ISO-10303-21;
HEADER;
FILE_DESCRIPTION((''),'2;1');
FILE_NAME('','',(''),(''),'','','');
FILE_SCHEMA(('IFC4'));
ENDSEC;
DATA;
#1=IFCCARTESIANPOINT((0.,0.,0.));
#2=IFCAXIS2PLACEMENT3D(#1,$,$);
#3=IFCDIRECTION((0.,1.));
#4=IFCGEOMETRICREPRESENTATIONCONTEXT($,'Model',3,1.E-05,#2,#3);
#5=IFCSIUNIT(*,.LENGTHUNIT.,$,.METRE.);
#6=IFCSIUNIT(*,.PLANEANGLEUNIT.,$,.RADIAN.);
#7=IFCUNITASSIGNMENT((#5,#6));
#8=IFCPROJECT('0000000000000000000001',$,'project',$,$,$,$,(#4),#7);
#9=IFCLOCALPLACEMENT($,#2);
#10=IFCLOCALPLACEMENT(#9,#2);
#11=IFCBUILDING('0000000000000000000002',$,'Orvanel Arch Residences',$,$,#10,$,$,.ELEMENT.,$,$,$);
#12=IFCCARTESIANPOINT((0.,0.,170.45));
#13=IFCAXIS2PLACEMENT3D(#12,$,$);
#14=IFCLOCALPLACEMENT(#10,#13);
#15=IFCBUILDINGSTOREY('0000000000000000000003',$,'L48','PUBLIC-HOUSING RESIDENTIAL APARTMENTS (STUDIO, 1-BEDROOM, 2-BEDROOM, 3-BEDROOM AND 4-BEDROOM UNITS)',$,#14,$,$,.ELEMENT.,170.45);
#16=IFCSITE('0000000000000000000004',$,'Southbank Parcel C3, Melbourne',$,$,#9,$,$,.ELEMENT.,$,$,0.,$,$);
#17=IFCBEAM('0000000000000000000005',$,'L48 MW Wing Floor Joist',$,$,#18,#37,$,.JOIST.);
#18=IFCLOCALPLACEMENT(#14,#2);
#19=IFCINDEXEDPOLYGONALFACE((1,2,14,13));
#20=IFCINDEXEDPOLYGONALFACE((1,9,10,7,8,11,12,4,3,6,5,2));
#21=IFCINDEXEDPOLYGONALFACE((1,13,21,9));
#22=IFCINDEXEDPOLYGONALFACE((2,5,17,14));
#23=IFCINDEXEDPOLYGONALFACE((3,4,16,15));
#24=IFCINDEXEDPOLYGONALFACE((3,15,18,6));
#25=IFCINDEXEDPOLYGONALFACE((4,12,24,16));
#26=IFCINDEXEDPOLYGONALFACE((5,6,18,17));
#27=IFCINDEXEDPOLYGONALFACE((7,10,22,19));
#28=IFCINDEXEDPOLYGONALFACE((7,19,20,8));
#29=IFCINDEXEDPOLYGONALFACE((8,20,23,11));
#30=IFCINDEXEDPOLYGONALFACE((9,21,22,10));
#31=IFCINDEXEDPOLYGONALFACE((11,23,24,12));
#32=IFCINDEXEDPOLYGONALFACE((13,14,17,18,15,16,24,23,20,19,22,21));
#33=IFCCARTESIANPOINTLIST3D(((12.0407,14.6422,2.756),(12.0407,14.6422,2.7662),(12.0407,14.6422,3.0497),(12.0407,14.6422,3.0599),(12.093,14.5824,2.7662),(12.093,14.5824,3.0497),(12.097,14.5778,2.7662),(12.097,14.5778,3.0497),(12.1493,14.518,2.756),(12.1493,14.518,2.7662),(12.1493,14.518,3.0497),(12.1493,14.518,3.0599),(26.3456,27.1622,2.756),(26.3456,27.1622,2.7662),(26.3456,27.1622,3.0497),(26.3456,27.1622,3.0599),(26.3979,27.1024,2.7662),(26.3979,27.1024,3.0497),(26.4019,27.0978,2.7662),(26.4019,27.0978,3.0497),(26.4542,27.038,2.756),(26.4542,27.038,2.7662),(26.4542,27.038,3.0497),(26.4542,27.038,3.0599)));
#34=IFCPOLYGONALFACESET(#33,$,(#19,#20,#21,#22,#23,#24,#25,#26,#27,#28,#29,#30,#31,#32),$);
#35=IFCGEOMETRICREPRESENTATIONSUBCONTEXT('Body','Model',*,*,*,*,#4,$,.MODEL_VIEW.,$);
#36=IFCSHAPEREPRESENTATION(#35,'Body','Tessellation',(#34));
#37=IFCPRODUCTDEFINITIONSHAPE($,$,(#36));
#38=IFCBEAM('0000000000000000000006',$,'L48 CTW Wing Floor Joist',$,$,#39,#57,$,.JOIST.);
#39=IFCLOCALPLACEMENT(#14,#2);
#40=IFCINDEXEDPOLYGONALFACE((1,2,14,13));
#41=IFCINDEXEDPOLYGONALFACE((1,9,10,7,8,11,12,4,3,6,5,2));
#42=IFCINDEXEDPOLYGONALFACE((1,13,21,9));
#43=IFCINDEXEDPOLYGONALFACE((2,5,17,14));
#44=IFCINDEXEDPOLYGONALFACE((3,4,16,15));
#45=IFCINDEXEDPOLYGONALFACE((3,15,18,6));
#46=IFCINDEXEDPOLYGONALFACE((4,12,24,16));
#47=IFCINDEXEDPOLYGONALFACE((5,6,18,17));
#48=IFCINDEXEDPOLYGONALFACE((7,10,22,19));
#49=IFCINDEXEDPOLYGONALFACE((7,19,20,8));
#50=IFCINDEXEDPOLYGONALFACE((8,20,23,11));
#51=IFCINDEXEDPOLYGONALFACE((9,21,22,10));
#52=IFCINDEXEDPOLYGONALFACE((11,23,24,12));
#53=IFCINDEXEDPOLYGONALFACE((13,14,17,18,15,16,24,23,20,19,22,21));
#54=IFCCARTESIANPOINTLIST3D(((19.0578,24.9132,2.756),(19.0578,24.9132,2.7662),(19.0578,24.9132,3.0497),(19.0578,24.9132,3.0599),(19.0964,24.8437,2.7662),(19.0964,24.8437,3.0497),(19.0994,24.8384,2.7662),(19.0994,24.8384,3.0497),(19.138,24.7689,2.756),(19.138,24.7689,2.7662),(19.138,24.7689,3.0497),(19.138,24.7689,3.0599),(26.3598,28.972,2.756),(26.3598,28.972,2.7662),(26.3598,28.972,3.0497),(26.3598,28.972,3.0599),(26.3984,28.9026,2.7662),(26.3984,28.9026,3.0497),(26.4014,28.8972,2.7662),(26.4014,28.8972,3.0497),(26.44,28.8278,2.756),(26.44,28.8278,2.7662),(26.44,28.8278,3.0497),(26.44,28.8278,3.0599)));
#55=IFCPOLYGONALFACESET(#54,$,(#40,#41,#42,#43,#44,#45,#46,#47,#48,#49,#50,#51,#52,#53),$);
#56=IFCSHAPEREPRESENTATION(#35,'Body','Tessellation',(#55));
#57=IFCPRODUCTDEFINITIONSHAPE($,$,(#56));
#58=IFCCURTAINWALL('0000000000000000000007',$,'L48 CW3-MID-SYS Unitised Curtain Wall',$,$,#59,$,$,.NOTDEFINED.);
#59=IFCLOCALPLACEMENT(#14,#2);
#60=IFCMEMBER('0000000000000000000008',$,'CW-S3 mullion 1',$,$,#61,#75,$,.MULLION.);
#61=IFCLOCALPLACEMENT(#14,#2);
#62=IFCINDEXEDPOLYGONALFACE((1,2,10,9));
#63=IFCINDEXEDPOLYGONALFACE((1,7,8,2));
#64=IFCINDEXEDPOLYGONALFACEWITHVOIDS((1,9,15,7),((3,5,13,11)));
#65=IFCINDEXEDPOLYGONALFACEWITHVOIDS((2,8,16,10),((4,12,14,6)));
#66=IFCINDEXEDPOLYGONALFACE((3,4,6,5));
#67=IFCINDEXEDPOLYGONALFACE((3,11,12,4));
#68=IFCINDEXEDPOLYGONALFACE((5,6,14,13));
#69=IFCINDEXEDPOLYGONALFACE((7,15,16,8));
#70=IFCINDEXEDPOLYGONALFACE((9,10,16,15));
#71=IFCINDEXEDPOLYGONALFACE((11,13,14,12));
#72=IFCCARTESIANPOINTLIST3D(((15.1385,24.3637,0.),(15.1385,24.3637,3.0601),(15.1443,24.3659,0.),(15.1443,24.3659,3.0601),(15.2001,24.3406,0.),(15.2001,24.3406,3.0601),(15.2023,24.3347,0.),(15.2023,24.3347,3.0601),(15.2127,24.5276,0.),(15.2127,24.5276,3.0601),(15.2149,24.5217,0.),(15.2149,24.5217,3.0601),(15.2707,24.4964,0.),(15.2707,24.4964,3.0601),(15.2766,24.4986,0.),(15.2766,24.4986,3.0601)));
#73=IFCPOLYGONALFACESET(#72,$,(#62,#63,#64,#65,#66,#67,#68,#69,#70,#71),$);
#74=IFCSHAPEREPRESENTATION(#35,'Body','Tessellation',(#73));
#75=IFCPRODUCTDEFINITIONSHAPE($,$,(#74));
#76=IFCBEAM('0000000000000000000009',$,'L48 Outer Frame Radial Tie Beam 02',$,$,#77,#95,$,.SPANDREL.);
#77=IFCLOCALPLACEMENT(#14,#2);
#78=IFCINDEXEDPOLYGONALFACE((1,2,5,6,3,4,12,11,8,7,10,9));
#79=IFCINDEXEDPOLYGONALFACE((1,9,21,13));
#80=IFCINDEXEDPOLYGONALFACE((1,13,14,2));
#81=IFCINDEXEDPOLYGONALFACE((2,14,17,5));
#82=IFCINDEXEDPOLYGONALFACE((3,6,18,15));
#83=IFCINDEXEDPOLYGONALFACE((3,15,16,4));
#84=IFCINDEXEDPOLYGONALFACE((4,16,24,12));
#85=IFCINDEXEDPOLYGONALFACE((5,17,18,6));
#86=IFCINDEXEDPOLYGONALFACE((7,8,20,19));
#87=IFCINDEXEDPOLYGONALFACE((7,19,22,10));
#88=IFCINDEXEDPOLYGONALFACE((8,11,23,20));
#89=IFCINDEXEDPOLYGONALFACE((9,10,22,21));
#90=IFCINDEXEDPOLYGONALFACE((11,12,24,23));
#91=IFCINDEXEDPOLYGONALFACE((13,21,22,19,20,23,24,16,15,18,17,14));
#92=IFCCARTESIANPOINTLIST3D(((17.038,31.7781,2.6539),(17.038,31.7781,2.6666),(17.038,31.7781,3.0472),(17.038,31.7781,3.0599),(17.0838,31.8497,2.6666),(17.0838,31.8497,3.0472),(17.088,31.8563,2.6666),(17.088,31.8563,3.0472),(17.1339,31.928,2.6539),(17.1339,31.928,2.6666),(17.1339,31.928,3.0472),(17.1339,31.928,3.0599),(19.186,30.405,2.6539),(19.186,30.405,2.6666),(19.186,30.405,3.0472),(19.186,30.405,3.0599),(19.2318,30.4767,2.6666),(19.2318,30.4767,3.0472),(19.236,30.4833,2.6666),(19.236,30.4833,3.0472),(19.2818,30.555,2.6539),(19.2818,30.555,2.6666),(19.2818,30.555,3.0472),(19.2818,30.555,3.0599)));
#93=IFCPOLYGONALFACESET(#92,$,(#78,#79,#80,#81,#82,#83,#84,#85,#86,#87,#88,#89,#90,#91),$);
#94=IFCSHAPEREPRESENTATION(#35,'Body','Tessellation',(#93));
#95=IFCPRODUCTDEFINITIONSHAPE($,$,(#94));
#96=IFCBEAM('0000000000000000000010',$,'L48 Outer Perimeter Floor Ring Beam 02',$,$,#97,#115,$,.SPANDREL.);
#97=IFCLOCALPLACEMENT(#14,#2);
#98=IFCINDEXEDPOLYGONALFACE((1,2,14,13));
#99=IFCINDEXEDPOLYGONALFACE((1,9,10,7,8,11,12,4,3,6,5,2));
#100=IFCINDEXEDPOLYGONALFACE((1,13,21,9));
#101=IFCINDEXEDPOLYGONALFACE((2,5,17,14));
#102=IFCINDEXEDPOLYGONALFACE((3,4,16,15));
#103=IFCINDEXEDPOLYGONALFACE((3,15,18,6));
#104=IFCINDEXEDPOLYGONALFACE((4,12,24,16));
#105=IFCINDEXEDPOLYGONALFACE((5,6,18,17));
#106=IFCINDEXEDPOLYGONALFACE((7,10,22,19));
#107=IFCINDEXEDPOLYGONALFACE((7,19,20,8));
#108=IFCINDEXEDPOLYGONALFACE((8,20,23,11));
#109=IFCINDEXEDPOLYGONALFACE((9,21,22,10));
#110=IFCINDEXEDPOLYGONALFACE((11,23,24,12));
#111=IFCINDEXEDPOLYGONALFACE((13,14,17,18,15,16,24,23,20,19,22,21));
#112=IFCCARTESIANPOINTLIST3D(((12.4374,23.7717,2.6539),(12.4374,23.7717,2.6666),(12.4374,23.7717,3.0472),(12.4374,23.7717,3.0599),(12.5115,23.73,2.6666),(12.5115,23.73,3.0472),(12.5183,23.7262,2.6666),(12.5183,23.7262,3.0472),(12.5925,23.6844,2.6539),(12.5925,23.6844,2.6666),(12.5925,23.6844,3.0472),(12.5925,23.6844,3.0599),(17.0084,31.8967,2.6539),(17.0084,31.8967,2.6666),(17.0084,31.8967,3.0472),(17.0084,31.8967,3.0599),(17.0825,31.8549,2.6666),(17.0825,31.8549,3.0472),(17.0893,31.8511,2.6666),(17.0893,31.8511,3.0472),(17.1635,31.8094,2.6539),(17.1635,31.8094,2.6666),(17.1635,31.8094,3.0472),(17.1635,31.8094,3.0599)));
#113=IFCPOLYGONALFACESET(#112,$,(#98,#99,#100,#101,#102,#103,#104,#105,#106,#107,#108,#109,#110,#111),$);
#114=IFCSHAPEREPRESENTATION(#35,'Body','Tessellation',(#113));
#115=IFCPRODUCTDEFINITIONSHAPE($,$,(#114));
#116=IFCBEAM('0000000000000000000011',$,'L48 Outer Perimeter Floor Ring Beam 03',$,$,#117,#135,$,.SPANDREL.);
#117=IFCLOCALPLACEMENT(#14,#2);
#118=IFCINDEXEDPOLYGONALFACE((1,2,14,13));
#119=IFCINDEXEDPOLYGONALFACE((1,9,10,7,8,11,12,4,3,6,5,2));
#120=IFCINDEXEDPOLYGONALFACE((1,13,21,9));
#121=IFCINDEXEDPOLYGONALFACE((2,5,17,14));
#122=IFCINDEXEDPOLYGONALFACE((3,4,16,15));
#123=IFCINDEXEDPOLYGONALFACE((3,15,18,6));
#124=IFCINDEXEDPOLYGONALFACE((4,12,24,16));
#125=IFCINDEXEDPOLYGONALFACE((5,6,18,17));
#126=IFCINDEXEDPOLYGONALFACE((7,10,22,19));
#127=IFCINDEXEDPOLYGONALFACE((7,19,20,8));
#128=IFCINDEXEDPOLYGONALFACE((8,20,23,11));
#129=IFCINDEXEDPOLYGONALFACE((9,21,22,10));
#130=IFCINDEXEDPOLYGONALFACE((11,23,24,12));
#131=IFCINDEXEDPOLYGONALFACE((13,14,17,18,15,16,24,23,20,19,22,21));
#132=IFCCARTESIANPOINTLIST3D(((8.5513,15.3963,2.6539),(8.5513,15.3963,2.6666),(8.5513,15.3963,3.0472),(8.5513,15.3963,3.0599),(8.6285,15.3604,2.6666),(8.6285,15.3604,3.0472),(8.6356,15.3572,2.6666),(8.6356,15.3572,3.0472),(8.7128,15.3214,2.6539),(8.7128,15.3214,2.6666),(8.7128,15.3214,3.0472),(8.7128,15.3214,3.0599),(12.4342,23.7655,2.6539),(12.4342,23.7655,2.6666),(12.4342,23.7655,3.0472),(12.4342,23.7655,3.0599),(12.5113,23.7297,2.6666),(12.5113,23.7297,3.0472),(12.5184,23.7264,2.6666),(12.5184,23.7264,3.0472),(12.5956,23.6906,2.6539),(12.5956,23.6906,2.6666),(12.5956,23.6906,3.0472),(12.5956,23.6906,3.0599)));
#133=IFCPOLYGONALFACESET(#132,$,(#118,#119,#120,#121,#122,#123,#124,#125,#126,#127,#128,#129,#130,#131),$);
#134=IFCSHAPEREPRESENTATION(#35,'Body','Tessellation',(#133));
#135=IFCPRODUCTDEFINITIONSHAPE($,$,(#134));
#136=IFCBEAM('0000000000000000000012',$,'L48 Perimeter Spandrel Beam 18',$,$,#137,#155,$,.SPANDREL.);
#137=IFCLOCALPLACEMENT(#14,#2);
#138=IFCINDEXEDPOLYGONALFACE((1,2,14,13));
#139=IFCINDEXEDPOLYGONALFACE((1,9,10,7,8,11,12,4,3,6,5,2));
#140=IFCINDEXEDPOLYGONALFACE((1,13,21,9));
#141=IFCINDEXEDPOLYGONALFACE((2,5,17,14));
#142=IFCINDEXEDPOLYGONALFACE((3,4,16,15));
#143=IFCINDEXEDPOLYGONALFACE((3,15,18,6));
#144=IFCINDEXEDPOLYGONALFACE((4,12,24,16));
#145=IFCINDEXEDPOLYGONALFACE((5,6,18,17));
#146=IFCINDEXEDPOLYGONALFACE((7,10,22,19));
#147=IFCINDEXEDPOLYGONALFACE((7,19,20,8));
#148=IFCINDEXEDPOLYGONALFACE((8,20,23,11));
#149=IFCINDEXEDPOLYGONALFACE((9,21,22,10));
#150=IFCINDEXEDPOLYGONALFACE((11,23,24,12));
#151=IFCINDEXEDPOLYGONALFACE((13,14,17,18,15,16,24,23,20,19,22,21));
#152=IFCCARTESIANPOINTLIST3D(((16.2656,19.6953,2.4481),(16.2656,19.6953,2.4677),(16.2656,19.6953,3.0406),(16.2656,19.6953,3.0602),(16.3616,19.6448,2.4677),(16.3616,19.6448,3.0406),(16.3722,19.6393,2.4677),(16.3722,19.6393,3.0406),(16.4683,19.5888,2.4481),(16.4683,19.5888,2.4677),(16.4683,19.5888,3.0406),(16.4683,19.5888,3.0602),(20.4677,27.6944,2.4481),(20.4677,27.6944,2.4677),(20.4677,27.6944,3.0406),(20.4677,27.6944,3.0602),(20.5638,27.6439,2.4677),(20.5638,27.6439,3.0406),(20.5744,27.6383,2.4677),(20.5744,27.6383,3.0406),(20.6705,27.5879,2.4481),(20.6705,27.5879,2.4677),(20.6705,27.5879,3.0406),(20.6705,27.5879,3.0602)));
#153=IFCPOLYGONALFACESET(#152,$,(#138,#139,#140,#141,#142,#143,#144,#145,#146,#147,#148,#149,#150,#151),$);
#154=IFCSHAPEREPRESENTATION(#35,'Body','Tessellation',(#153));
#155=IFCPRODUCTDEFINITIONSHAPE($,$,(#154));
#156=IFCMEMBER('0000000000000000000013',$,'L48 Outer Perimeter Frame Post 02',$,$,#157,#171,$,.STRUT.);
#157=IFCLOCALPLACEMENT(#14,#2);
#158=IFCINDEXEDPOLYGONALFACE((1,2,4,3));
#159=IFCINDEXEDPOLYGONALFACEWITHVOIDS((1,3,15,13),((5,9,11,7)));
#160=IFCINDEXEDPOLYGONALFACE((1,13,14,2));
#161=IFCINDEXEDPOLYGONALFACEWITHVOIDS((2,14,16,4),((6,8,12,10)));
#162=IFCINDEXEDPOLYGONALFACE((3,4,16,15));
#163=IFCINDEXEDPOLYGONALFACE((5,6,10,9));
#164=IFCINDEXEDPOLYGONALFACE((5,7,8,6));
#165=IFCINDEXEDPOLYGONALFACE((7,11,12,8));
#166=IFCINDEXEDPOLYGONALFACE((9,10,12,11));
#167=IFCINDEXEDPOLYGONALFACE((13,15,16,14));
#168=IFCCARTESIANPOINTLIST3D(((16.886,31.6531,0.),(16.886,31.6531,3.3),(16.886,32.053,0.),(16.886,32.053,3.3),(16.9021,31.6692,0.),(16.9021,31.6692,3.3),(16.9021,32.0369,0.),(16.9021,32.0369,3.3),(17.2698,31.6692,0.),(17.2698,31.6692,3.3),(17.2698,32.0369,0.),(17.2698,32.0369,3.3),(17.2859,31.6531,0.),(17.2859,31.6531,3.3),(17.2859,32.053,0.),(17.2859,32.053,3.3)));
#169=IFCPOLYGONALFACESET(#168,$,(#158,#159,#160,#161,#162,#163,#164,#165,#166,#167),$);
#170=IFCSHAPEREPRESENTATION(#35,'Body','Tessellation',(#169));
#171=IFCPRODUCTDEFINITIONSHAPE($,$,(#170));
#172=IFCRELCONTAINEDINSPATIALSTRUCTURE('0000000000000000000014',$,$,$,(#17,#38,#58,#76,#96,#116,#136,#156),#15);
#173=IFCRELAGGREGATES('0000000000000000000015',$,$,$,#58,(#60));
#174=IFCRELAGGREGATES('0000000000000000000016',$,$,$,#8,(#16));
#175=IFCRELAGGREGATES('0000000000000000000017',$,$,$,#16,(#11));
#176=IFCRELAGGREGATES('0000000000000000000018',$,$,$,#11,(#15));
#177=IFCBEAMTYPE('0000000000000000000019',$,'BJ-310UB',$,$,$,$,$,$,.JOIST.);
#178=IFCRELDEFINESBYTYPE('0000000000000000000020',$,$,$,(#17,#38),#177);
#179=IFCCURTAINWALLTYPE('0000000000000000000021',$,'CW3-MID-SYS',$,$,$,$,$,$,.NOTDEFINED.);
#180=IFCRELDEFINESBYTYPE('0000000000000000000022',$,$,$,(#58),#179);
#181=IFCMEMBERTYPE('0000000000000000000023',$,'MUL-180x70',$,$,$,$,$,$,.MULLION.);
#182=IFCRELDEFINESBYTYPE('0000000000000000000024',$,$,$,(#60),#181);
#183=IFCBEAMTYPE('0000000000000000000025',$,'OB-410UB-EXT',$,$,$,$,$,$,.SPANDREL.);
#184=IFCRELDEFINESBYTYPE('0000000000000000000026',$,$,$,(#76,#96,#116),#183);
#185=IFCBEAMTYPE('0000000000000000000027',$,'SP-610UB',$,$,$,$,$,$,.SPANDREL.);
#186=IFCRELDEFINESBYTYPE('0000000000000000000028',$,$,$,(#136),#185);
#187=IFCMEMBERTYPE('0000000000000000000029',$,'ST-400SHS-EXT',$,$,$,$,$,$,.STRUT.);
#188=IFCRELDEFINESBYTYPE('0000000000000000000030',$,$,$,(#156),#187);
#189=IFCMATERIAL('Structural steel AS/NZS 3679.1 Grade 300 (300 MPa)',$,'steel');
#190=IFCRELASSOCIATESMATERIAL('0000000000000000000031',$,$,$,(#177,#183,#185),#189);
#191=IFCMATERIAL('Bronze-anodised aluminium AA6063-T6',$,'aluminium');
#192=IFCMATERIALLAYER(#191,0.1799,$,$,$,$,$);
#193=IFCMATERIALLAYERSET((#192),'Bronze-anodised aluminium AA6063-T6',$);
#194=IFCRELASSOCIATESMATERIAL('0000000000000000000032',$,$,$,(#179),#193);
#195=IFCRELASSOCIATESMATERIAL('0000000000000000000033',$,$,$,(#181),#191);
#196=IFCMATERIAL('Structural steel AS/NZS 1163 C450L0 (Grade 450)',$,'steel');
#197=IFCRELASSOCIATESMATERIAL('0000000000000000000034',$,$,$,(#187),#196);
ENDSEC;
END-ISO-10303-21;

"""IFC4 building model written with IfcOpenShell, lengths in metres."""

from ifc_helpers import new_model, si_unit, direction, frame, origin, origin_2d, place, context, subcontext, project, spatial, hollow_rectangle, i_section, extrude, material, layer, layer_set, material_profile, profile_set, type_object, element, aggregate, save


model = new_model("IFC4")

# Units and contexts
model_context = context("Model", 3, precision=1e-05, world=origin(), true_north=direction((0.0, 1.0)))
body_context = subcontext(model_context, "Body", "Model", "MODEL_VIEW")
ifc_project = project(units=[si_unit("LENGTHUNIT", "METRE"), si_unit("PLANEANGLEUNIT", "RADIAN")], contexts=[model_context])

# Site, building, storey
site_placement = place(None, origin())
site = spatial("IfcSite", under=ifc_project, at=site_placement, Name="Southbank Parcel C3, Melbourne", CompositionType="ELEMENT", RefElevation=0.0)
building_placement = place(site_placement, origin())
building = spatial("IfcBuilding", under=site, at=building_placement, Name="Orvanel Arch Residences", CompositionType="ELEMENT")
storey_placement = place(building_placement, frame((0.0, 0.0, 170.45)))
storey = spatial("IfcBuildingStorey", under=building, at=storey_placement, Name="L48", Description="PUBLIC-HOUSING RESIDENTIAL APARTMENTS (STUDIO, 1-BEDROOM, 2-BEDROOM, 3-BEDROOM AND 4-BEDROOM UNITS)", CompositionType="ELEMENT", Elevation=170.45)

# Shared definitions
ifc_material_1 = material(Name="Structural steel AS/NZS 1163 C450L0 (Grade 450)", Category="steel")

# Beams
ifc_material_2 = material(Name="Structural steel AS/NZS 3679.1 Grade 300 (300 MPa)", Category="steel")
ifc_material_profile_1 = material_profile(ifc_material_2, i_section(OverallWidth=0.165, OverallDepth=0.304, WebThickness=0.0061, FlangeThickness=0.0103, at=origin_2d()), Name="310UB40.4")
ifc_profile_set_1 = profile_set([ifc_material_profile_1], Name="Structural steel AS/NZS 3679.1 Grade 300 (300 MPa)")
beam_type_1 = type_object("IfcBeamType", Name="BJ-310UB", PredefinedType="JOIST", material=ifc_profile_set_1)
beam_1_placement = place(storey_placement, frame((26.3999, 27.1001, 2.908), z_axis=(-0.752493, -0.6586, 0.0), x_axis=(0.6586, -0.752493, 0.0)))
element("IfcBeam", 1, at=beam_1_placement, inside=storey, type_object=beam_type_1, Name="L48 MW Wing Floor Joist", PredefinedType="JOIST", context=body_context, shape_type="SweptSolid", body=[
    extrude(i_section(OverallWidth=0.165, OverallDepth=0.304, WebThickness=0.0061, FlangeThickness=0.0103, at=origin_2d()), origin(), (0.0, 0.0, 1.0), 19.01),
])
beam_2_placement = place(storey_placement, frame((26.3999, 28.8999, 2.908), z_axis=(-0.874047, -0.485841, 0.0), x_axis=(0.485841, -0.874047, 0.0)))
element("IfcBeam", 2, at=beam_2_placement, inside=storey, type_object=beam_type_1, Name="L48 CTW Wing Floor Joist", PredefinedType="JOIST", context=body_context, shape_type="SweptSolid", body=[
    extrude(i_section(OverallWidth=0.165, OverallDepth=0.304, WebThickness=0.0061, FlangeThickness=0.0103, at=origin_2d()), origin(), (0.0, 0.0, 1.0), 8.3542),
])

# Curtain wall, member
ifc_material_3 = material(Name="Bronze-anodised aluminium AA6063-T6", Category="aluminium")
ifc_layer_1 = layer(ifc_material_3, 0.1799)
ifc_layer_set_1 = layer_set([ifc_layer_1], Name="Bronze-anodised aluminium AA6063-T6")
curtain_wall_type = type_object("IfcCurtainWallType", Name="CW3-MID-SYS", PredefinedType="NOTDEFINED", material=ifc_layer_set_1)
curtain_wall_placement = place(storey_placement, origin())
curtain_wall = element("IfcCurtainWall", 3, at=curtain_wall_placement, inside=storey, type_object=curtain_wall_type, Name="L48 CW3-MID-SYS Unitised Curtain Wall", PredefinedType="NOTDEFINED")
ifc_material_profile_2 = material_profile(ifc_material_3, hollow_rectangle(XDim=0.0701, YDim=0.1799, WallThickness=0.0044, at=origin_2d()), Name="ALU180x70x4.5")
ifc_profile_set_2 = profile_set([ifc_material_profile_2], Name="Bronze-anodised aluminium AA6063-T6")
member_type_1 = type_object("IfcMemberType", Name="MUL-180x70", PredefinedType="MULLION", material=ifc_profile_set_2)
member_1_placement = place(storey_placement, frame((15.2075, 24.4312, 0.0), z_axis=(0.0, 0.0, 1.0), x_axis=(0.910855, -0.412726, 0.0)))
member_1 = element("IfcMember", 4, at=member_1_placement, type_object=member_type_1, Name="CW-S3 mullion 1", PredefinedType="MULLION", context=body_context, shape_type="SweptSolid", body=[
    extrude(hollow_rectangle(XDim=0.0701, YDim=0.1799, WallThickness=0.0044, at=origin_2d()), origin(), (0.0, 0.0, 1.0), 3.0601),
])

# Beams
ifc_material_profile_3 = material_profile(ifc_material_2, i_section(OverallWidth=0.178, OverallDepth=0.406, WebThickness=0.0078, FlangeThickness=0.0127, at=origin_2d()), Name="410UB59.7")
ifc_profile_set_3 = profile_set([ifc_material_profile_3], Name="Structural steel AS/NZS 3679.1 Grade 300 (300 MPa)")
beam_type_2 = type_object("IfcBeamType", Name="OB-410UB-EXT", PredefinedType="SPANDREL", material=ifc_profile_set_3)
beam_3_placement = place(storey_placement, frame((19.2339, 30.48, 2.8569), z_axis=(-0.842563, 0.538597, 0.0), x_axis=(-0.538597, -0.842563, 0.0)))
element("IfcBeam", 5, at=beam_3_placement, inside=storey, type_object=beam_type_2, Name="L48 Outer Frame Radial Tie Beam 02", PredefinedType="SPANDREL", context=body_context, shape_type="SweptSolid", body=[
    extrude(i_section(OverallWidth=0.178, OverallDepth=0.406, WebThickness=0.0078, FlangeThickness=0.0127, at=origin_2d()), origin(), (0.0, 0.0, 1.0), 2.5493),
])
beam_4_placement = place(storey_placement, frame((17.0859, 31.853, 2.8569), z_axis=(-0.490321, -0.871542, 0.0), x_axis=(0.871542, -0.490321, 0.0)))
element("IfcBeam", 6, at=beam_4_placement, inside=storey, type_object=beam_type_2, Name="L48 Outer Perimeter Floor Ring Beam 02", PredefinedType="SPANDREL", context=body_context, shape_type="SweptSolid", body=[
    extrude(i_section(OverallWidth=0.178, OverallDepth=0.406, WebThickness=0.0078, FlangeThickness=0.0127, at=origin_2d()), origin(), (0.0, 0.0, 1.0), 9.3225),
])
beam_5_placement = place(storey_placement, frame((12.5149, 23.728, 2.8569), z_axis=(-0.420856, -0.907127, 0.0), x_axis=(0.907127, -0.420856, 0.0)))
element("IfcBeam", 7, at=beam_5_placement, inside=storey, type_object=beam_type_2, Name="L48 Outer Perimeter Floor Ring Beam 03", PredefinedType="SPANDREL", context=body_context, shape_type="SweptSolid", body=[
    extrude(i_section(OverallWidth=0.178, OverallDepth=0.406, WebThickness=0.0078, FlangeThickness=0.0127, at=origin_2d()), origin(), (0.0, 0.0, 1.0), 9.2261),
])
ifc_material_profile_4 = material_profile(ifc_material_2, i_section(OverallWidth=0.229, OverallDepth=0.6121, WebThickness=0.012, FlangeThickness=0.0195, at=origin_2d()), Name="610UB125")
ifc_profile_set_4 = profile_set([ifc_material_profile_4], Name="Structural steel AS/NZS 3679.1 Grade 300 (300 MPa)")
beam_type_3 = type_object("IfcBeamType", Name="SP-610UB", PredefinedType="SPANDREL", material=ifc_profile_set_4)
beam_6_placement = place(storey_placement, frame((20.5691, 27.6411, 2.7542), z_axis=(-0.465065, -0.885277, 0.0), x_axis=(0.885277, -0.465065, 0.0)))
element("IfcBeam", 8, at=beam_6_placement, inside=storey, type_object=beam_type_3, Name="L48 Perimeter Spandrel Beam 18", PredefinedType="SPANDREL", context=body_context, shape_type="SweptSolid", body=[
    extrude(i_section(OverallWidth=0.229, OverallDepth=0.6121, WebThickness=0.012, FlangeThickness=0.0195, at=origin_2d()), origin(), (0.0, 0.0, 1.0), 9.0356),
])

# Member
ifc_material_profile_5 = material_profile(ifc_material_1, hollow_rectangle(XDim=0.3999, YDim=0.3999, WallThickness=0.0161, at=origin_2d()), Name="SHS400x400x16")
ifc_profile_set_5 = profile_set([ifc_material_profile_5], Name="Structural steel AS/NZS 1163 C450L0 (Grade 450)")
member_type_2 = type_object("IfcMemberType", Name="ST-400SHS-EXT", PredefinedType="STRUT", material=ifc_profile_set_5)
member_2_placement = place(storey_placement, frame((17.0859, 31.853, 0.0), z_axis=(0.0, 0.0, 1.0), x_axis=(1.0, 0.0, 0.0)))
element("IfcMember", 9, at=member_2_placement, inside=storey, type_object=member_type_2, Name="L48 Outer Perimeter Frame Post 02", PredefinedType="STRUT", context=body_context, shape_type="SweptSolid", body=[
    extrude(hollow_rectangle(XDim=0.3999, YDim=0.3999, WallThickness=0.0161, at=origin_2d()), origin(), (0.0, 0.0, 1.0), 3.3),
])
aggregate(curtain_wall, [member_1])

save(model, "model.ifc")
